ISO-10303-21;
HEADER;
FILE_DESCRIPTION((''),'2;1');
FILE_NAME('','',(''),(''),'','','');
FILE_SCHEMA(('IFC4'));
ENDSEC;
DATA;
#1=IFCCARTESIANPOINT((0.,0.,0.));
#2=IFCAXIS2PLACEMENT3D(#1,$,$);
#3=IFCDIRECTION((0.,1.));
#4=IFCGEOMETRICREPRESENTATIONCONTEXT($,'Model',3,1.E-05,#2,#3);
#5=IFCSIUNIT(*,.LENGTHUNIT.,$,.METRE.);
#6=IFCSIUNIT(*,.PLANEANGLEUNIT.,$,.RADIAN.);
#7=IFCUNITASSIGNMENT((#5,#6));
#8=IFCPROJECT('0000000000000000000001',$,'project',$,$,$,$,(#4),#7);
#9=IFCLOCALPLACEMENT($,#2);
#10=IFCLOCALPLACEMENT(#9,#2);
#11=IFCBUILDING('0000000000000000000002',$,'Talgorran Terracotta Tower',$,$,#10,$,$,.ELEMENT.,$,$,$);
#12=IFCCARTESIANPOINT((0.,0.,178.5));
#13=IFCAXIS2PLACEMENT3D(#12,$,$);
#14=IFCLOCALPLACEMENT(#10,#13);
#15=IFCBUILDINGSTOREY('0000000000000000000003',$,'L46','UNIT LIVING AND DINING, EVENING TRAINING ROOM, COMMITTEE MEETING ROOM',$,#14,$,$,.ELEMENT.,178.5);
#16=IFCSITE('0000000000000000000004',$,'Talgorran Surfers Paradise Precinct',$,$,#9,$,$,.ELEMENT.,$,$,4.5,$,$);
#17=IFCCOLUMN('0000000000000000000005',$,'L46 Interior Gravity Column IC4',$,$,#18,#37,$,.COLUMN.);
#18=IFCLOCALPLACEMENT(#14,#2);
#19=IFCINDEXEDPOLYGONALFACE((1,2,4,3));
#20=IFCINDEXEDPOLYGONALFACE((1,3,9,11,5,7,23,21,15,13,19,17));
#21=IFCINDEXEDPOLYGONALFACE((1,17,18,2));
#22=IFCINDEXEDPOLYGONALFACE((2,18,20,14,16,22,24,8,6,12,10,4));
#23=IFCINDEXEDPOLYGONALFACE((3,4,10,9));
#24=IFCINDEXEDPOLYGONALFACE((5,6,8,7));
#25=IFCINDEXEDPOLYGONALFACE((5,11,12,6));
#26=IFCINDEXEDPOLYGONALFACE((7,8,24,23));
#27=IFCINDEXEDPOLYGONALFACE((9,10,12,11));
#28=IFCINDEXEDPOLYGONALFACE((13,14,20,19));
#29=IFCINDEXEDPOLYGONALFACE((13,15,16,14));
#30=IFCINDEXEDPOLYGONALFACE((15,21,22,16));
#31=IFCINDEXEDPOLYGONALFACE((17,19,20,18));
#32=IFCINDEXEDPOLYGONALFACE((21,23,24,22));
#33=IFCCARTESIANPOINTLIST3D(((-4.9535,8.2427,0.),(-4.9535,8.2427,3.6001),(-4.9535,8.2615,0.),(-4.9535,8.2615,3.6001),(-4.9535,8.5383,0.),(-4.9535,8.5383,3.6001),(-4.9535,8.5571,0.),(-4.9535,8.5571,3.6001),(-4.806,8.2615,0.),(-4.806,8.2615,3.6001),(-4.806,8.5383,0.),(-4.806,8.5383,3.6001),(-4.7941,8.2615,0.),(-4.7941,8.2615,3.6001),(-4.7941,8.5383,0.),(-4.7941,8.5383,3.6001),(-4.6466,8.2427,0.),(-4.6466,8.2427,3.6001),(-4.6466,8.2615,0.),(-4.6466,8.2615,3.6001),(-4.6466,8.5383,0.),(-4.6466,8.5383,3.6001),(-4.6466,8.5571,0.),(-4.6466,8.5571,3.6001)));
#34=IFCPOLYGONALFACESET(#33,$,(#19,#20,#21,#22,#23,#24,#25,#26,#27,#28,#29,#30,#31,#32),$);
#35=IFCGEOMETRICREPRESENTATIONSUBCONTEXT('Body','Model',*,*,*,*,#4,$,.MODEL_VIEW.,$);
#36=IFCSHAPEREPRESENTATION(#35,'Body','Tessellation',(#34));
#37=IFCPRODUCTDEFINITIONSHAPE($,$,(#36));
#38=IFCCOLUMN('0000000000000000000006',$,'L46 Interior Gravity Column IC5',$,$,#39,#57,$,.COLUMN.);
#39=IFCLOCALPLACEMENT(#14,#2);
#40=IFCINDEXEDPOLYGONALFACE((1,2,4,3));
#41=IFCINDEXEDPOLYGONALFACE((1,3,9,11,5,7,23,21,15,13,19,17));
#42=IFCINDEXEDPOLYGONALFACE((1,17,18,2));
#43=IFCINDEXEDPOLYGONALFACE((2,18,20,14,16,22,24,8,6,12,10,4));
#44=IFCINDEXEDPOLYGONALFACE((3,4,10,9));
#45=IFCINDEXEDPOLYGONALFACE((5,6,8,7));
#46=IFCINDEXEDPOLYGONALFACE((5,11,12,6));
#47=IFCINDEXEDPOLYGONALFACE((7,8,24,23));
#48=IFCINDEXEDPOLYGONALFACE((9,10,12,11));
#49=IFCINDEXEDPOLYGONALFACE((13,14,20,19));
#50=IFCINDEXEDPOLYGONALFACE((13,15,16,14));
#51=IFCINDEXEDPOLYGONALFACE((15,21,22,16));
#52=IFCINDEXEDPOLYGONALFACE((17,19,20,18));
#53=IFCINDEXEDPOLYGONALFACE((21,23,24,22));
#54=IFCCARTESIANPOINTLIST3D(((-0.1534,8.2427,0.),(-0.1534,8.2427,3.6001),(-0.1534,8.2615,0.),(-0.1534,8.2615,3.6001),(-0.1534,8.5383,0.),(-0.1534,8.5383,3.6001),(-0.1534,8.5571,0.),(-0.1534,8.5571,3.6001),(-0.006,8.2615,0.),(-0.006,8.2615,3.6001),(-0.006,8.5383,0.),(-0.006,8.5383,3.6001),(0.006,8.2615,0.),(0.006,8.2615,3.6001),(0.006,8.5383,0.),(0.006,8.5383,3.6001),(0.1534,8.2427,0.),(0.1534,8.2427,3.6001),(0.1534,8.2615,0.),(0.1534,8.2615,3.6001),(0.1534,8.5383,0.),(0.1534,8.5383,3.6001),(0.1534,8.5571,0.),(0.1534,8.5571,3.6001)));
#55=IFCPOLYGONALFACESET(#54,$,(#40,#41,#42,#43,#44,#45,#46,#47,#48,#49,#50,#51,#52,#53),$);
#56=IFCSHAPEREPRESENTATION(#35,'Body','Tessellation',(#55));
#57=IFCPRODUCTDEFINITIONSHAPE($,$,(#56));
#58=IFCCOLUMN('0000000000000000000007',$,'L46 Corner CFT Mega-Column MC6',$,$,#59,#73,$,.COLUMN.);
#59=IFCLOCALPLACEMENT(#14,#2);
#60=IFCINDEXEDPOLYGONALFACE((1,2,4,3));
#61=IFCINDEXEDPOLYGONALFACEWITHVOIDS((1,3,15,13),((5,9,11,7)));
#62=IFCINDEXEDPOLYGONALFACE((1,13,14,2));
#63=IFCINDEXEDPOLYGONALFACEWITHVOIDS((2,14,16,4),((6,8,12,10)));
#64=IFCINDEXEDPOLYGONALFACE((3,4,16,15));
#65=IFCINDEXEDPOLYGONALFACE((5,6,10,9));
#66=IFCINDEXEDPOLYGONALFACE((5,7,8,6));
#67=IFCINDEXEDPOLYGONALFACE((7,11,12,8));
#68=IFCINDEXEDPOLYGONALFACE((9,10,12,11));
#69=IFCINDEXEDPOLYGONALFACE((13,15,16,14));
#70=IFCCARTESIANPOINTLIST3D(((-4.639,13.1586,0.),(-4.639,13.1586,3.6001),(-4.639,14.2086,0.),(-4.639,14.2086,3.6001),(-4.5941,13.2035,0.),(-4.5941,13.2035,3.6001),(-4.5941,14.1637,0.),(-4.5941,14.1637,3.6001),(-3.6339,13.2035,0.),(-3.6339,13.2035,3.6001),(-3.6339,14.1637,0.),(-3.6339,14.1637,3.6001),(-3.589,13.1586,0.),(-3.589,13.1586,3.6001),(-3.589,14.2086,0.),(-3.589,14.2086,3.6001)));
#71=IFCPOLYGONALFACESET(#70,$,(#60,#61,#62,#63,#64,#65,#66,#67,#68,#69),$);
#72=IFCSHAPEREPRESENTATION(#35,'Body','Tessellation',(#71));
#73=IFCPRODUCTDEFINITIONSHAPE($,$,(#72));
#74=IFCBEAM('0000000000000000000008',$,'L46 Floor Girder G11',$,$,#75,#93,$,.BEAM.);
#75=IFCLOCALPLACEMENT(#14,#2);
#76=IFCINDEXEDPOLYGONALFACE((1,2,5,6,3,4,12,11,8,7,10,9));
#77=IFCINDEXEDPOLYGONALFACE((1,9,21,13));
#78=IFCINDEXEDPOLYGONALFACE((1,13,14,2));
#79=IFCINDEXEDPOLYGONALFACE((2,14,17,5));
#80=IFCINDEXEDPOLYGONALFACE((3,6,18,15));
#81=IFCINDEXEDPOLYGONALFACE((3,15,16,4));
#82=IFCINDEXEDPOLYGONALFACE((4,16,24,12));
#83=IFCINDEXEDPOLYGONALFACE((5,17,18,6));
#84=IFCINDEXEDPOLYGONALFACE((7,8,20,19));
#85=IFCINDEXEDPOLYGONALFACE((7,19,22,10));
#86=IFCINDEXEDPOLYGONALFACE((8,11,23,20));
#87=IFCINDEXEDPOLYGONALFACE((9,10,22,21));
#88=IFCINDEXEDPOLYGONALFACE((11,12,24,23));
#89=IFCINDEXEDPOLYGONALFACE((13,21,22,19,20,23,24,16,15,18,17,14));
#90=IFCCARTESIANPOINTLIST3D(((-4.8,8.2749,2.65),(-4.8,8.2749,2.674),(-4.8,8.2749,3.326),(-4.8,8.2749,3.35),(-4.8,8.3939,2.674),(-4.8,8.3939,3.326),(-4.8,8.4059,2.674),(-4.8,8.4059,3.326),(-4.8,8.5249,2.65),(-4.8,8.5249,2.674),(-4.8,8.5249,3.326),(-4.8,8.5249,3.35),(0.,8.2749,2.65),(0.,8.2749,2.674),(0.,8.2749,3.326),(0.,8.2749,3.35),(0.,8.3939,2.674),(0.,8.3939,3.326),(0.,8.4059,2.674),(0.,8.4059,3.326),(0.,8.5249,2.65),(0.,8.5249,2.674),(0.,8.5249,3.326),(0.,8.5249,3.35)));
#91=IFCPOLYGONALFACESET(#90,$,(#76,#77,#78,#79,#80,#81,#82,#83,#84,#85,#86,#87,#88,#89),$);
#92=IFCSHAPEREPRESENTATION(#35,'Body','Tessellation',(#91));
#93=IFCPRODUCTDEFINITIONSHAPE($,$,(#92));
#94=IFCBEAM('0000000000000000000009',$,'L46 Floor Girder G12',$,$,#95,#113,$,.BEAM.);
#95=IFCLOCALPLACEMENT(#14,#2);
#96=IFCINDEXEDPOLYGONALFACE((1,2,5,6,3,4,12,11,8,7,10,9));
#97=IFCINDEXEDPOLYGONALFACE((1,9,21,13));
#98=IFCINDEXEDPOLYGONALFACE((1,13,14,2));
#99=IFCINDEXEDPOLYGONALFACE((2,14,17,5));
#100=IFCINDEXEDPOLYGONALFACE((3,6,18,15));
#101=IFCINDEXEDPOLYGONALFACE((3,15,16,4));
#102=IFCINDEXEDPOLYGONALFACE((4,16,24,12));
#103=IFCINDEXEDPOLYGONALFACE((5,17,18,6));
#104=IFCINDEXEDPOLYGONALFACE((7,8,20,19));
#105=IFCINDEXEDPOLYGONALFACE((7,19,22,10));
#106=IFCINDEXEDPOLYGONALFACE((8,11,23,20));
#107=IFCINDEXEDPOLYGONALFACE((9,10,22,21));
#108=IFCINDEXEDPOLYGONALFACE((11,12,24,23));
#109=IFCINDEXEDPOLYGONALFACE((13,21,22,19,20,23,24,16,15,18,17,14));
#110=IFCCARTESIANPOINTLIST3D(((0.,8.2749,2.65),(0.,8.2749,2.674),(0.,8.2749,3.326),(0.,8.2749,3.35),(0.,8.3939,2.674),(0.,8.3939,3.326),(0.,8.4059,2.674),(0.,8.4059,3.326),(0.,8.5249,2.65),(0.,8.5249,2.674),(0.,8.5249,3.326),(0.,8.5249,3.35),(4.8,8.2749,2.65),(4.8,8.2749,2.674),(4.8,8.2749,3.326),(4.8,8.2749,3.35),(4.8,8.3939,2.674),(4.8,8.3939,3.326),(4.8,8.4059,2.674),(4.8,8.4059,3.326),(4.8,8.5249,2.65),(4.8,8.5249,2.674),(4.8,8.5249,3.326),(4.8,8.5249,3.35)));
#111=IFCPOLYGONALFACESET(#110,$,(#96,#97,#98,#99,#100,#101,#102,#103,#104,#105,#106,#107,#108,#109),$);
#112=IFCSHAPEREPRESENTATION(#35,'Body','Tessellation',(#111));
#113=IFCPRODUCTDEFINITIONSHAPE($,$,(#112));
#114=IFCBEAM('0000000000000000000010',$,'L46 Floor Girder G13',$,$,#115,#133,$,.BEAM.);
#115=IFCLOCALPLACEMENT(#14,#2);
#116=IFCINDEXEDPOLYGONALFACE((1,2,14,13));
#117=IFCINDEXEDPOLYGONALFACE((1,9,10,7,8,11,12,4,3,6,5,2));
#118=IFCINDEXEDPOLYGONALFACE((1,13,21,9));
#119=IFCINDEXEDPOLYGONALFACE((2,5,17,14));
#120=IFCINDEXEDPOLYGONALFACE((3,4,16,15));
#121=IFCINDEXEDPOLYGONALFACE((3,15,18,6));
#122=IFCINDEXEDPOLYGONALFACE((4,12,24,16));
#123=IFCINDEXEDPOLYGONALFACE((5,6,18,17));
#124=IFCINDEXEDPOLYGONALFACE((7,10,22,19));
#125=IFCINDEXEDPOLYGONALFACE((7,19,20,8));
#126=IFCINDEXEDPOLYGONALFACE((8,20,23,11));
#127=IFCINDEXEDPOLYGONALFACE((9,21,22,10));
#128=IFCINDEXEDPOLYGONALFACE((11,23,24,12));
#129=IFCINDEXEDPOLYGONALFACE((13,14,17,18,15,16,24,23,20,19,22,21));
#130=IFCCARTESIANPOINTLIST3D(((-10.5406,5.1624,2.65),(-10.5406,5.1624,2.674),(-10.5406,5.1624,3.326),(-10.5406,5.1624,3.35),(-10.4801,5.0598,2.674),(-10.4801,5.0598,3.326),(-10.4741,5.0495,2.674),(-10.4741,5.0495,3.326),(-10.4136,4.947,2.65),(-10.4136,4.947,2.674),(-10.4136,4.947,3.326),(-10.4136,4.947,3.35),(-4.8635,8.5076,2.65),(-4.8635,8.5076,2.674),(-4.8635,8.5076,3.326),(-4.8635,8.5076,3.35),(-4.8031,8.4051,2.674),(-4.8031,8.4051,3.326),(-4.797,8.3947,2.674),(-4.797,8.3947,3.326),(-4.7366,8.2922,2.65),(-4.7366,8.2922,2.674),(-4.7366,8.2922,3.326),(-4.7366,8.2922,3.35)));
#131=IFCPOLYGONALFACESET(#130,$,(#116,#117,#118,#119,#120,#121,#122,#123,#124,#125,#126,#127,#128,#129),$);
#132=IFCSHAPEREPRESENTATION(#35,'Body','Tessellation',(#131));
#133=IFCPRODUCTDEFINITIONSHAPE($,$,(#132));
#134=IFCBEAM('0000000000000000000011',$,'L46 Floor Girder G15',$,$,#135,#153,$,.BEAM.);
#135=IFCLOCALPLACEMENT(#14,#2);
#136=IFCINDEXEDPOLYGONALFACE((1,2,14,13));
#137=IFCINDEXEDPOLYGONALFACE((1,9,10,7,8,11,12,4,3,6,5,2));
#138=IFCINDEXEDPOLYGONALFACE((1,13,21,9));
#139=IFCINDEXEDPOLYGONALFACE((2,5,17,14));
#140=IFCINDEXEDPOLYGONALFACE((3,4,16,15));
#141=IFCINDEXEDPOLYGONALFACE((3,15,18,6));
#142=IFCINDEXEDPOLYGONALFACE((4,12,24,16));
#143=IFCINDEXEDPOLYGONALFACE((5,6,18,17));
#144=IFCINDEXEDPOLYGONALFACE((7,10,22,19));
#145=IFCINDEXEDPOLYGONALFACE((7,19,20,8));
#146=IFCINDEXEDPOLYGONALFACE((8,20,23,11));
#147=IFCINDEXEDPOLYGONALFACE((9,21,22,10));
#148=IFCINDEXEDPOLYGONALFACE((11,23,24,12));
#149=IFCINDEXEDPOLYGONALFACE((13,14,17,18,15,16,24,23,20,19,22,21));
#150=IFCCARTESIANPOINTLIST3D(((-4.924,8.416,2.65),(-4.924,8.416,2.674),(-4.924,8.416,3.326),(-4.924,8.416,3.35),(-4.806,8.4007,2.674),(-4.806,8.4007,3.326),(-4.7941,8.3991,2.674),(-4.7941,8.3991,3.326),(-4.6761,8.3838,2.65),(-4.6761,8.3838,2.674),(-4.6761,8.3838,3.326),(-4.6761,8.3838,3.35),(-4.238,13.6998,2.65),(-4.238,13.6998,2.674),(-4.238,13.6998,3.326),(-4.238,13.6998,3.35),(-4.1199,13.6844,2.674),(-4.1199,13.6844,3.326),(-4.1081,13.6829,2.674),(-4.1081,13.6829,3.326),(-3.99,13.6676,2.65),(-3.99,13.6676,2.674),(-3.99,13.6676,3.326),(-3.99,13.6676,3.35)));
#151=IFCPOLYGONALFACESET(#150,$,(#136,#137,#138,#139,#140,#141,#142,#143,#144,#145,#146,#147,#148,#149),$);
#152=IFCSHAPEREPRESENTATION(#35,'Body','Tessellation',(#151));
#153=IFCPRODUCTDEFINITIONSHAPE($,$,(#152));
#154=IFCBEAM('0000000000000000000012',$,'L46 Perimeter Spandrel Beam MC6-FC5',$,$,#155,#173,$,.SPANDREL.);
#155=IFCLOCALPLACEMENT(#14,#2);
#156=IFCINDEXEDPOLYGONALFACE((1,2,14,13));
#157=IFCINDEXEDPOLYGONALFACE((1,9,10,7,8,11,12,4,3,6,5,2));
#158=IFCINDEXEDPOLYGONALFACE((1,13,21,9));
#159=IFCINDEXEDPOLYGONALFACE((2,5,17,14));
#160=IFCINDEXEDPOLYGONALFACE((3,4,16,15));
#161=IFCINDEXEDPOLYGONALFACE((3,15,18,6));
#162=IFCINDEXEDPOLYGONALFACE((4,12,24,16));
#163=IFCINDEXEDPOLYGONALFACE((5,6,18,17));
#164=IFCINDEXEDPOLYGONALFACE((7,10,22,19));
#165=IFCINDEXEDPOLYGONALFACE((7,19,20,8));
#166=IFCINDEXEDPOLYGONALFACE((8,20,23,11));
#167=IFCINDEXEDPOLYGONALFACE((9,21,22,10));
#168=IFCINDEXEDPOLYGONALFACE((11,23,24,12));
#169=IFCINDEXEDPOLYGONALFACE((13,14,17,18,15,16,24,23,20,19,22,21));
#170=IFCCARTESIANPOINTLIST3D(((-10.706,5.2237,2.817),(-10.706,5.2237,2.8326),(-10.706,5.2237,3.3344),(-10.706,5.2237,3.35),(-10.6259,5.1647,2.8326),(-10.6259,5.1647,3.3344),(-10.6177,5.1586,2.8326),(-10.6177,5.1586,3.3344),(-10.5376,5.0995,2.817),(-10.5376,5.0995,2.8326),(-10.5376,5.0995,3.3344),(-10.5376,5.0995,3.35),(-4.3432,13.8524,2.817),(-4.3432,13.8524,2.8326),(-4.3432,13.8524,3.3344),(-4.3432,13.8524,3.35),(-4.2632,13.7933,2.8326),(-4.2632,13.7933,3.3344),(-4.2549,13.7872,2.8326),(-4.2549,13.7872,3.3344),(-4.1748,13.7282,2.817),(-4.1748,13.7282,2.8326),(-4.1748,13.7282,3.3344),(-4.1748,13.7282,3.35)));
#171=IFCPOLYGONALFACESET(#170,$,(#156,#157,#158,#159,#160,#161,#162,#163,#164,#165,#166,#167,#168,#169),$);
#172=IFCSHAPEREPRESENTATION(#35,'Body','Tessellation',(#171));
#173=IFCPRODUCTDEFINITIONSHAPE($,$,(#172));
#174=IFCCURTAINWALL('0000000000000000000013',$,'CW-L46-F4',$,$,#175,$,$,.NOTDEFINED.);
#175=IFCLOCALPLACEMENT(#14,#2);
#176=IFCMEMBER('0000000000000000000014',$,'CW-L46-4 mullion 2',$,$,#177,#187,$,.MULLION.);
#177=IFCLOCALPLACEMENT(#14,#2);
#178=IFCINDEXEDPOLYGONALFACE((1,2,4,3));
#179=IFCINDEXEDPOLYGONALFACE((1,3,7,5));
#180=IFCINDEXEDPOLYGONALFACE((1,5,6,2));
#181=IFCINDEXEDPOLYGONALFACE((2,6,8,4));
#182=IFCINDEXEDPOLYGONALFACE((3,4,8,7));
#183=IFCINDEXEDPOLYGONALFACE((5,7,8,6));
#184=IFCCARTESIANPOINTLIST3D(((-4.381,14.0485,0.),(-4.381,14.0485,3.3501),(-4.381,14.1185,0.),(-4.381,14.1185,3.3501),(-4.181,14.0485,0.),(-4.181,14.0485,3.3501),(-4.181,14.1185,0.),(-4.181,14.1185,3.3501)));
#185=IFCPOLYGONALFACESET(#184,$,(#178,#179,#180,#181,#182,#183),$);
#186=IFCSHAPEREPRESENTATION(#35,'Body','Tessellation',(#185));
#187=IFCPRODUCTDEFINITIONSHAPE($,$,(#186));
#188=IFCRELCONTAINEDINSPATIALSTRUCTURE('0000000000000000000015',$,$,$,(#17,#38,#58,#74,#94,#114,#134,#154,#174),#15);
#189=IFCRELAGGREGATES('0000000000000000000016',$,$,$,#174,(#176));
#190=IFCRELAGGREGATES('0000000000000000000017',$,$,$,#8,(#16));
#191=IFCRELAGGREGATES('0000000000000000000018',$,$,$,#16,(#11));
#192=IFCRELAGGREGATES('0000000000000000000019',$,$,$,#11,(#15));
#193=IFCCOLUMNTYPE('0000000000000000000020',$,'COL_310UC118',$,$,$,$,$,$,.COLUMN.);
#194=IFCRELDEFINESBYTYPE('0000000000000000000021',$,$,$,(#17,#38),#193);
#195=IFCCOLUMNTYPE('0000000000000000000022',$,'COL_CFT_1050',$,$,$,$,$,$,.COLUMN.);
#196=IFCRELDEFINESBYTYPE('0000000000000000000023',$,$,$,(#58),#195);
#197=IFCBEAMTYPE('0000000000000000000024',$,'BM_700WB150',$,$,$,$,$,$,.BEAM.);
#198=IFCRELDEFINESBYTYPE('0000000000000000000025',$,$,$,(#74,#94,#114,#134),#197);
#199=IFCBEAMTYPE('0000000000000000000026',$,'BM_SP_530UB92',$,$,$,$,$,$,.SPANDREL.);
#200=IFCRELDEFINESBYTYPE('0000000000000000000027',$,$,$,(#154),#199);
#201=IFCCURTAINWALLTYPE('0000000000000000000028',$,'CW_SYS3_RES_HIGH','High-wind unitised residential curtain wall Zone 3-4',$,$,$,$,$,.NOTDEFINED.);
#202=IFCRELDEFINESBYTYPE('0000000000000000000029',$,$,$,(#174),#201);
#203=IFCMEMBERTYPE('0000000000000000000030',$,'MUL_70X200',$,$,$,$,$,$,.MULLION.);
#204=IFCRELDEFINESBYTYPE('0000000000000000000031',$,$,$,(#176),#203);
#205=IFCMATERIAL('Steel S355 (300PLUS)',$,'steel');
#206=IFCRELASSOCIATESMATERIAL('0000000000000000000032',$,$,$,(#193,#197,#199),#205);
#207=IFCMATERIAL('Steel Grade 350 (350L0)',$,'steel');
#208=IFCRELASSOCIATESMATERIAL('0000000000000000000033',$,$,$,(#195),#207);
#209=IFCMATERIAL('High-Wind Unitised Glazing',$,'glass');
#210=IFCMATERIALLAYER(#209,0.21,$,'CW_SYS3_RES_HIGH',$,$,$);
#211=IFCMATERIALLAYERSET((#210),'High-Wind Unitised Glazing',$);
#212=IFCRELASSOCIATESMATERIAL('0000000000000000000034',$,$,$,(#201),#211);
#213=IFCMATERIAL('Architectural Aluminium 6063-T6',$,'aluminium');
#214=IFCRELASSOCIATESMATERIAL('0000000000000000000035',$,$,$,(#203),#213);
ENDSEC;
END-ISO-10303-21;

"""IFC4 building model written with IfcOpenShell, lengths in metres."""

from ifc_helpers import new_model, si_unit, direction, frame, origin, origin_2d, place, context, subcontext, project, spatial, rectangle, hollow_rectangle, i_section, extrude, material, layer, layer_set, material_profile, profile_set, type_object, element, aggregate, save


model = new_model("IFC4")

# Units and contexts
model_context = context("Model", 3, precision=1e-05, world=origin(), true_north=direction((0.0, 1.0)))
body_context = subcontext(model_context, "Body", "Model", "MODEL_VIEW")
ifc_project = project(units=[si_unit("LENGTHUNIT", "METRE"), si_unit("PLANEANGLEUNIT", "RADIAN")], contexts=[model_context])

# Site, building, storey
site_placement = place(None, origin())
site = spatial("IfcSite", under=ifc_project, at=site_placement, Name="Talgorran Surfers Paradise Precinct", CompositionType="ELEMENT", RefElevation=4.5)
building_placement = place(site_placement, origin())
building = spatial("IfcBuilding", under=site, at=building_placement, Name="Talgorran Terracotta Tower", CompositionType="ELEMENT")
storey_placement = place(building_placement, frame((0.0, 0.0, 178.5)))
storey = spatial("IfcBuildingStorey", under=building, at=storey_placement, Name="L46", Description="UNIT LIVING AND DINING, EVENING TRAINING ROOM, COMMITTEE MEETING ROOM", CompositionType="ELEMENT", Elevation=178.5)

# Columns
ifc_material_1 = material(Name="Steel S355 (300PLUS)", Category="steel")
ifc_material_profile_1 = material_profile(ifc_material_1, i_section(OverallWidth=0.3069, OverallDepth=0.3145, WebThickness=0.012, FlangeThickness=0.0188, at=origin_2d()), Name="310UC118")
ifc_profile_set_1 = profile_set([ifc_material_profile_1], Name="Steel S355 (300PLUS)")
column_type_1 = type_object("IfcColumnType", Name="COL_310UC118", PredefinedType="COLUMN", material=ifc_profile_set_1)
for number, where, z_axis, x_axis, name in (
    (1, (-4.8, 8.3999, 0.0), (0.0, 0.0, 1.0), (1.0, 0.0, 0.0), "L46 Interior Gravity Column IC4"),
    (2, (0.0, 8.3999, 0.0), (0.0, 0.0, 1.0), (1.0, 0.0, 0.0), "L46 Interior Gravity Column IC5"),
):
    element("IfcColumn", number, at=place(storey_placement, frame(where, z_axis=z_axis, x_axis=x_axis)), inside=storey, type_object=column_type_1, Name=name, PredefinedType="COLUMN", context=body_context, shape_type="SweptSolid", body=[
        extrude(i_section(OverallWidth=0.3069, OverallDepth=0.3145, WebThickness=0.012, FlangeThickness=0.0188, at=origin_2d()), origin(), (0.0, 0.0, 1.0), 3.6001),
    ])
ifc_material_2 = material(Name="Steel Grade 350 (350L0)", Category="steel")
ifc_material_profile_2 = material_profile(ifc_material_2, hollow_rectangle(XDim=1.05, YDim=1.05, WallThickness=0.0449, at=origin_2d()), Name="CFT1050X1050X45")
ifc_profile_set_2 = profile_set([ifc_material_profile_2], Name="Steel Grade 350 (350L0)")
column_type_2 = type_object("IfcColumnType", Name="COL_CFT_1050", PredefinedType="COLUMN", material=ifc_profile_set_2)
column_placement = place(storey_placement, frame((-4.114, 13.6836, 0.0), z_axis=(0.0, 0.0, 1.0), x_axis=(1.0, 0.0, 0.0)))
element("IfcColumn", 3, at=column_placement, inside=storey, type_object=column_type_2, Name="L46 Corner CFT Mega-Column MC6", PredefinedType="COLUMN", context=body_context, shape_type="SweptSolid", body=[
    extrude(hollow_rectangle(XDim=1.05, YDim=1.05, WallThickness=0.0449, at=origin_2d()), origin(), (0.0, 0.0, 1.0), 3.6001),
])

# Beams
ifc_material_profile_3 = material_profile(ifc_material_1, i_section(OverallWidth=0.25, OverallDepth=0.7, WebThickness=0.012, FlangeThickness=0.0239, at=origin_2d()), Name="700WB150")
ifc_profile_set_3 = profile_set([ifc_material_profile_3], Name="Steel S355 (300PLUS)")
beam_type_1 = type_object("IfcBeamType", Name="BM_700WB150", PredefinedType="BEAM", material=ifc_profile_set_3)
for number, where, z_axis, x_axis, name in (
    (4, (-4.8, 8.3999, 3.0), (1.0, 0.0, 0.0), (0.0, 1.0, 0.0), "L46 Floor Girder G11"),
    (5, (0.0, 8.3999, 3.0), (1.0, 0.0, 0.0), (0.0, 1.0, 0.0), "L46 Floor Girder G12"),
):
    element("IfcBeam", number, at=place(storey_placement, frame(where, z_axis=z_axis, x_axis=x_axis)), inside=storey, type_object=beam_type_1, Name=name, PredefinedType="BEAM", context=body_context, shape_type="SweptSolid", body=[
        extrude(i_section(OverallWidth=0.25, OverallDepth=0.7, WebThickness=0.012, FlangeThickness=0.0239, at=origin_2d()), origin(), (0.0, 0.0, 1.0), 4.8),
    ])
beam_1_placement = place(storey_placement, frame((-4.8, 8.3999, 3.0), z_axis=(-0.861549, -0.507674, 0.0), x_axis=(0.507674, -0.861549, 0.0)))
element("IfcBeam", 6, at=beam_1_placement, inside=storey, type_object=beam_type_1, Name="L46 Floor Girder G13", PredefinedType="BEAM", context=body_context, shape_type="SweptSolid", body=[
    extrude(i_section(OverallWidth=0.25, OverallDepth=0.7, WebThickness=0.012, FlangeThickness=0.0239, at=origin_2d()), origin(), (0.0, 0.0, 1.0), 6.5894),
])
beam_2_placement = place(storey_placement, frame((-4.8, 8.3999, 3.0), z_axis=(0.128759, 0.991676, 0.0), x_axis=(-0.991676, 0.128759, 0.0)))
element("IfcBeam", 7, at=beam_2_placement, inside=storey, type_object=beam_type_1, Name="L46 Floor Girder G15", PredefinedType="BEAM", context=body_context, shape_type="SweptSolid", body=[
    extrude(i_section(OverallWidth=0.25, OverallDepth=0.7, WebThickness=0.012, FlangeThickness=0.0239, at=origin_2d()), origin(), (0.0, 0.0, 1.0), 5.3281),
])
ifc_material_profile_4 = material_profile(ifc_material_1, i_section(OverallWidth=0.2092, OverallDepth=0.533, WebThickness=0.0103, FlangeThickness=0.0156, at=origin_2d()), Name="530UB92.4")
ifc_profile_set_4 = profile_set([ifc_material_profile_4], Name="Steel S355 (300PLUS)")
beam_type_2 = type_object("IfcBeamType", Name="BM_SP_530UB92", PredefinedType="SPANDREL", material=ifc_profile_set_4)
beam_3_placement = place(storey_placement, frame((-4.259, 13.7903, 3.0835), z_axis=(-0.593491, -0.804841, 0.0), x_axis=(0.804841, -0.593491, 0.0)))
element("IfcBeam", 8, at=beam_3_placement, inside=storey, type_object=beam_type_2, Name="L46 Perimeter Spandrel Beam MC6-FC5", PredefinedType="SPANDREL", context=body_context, shape_type="SweptSolid", body=[
    extrude(i_section(OverallWidth=0.2092, OverallDepth=0.533, WebThickness=0.0103, FlangeThickness=0.0156, at=origin_2d()), origin(), (0.0, 0.0, 1.0), 10.7209),
])

# Curtain wall, member
ifc_material_3 = material(Name="High-Wind Unitised Glazing", Category="glass")
ifc_layer_1 = layer(ifc_material_3, 0.21, Name="CW_SYS3_RES_HIGH")
ifc_layer_set_1 = layer_set([ifc_layer_1], Name="High-Wind Unitised Glazing")
curtain_wall_type = type_object("IfcCurtainWallType", Name="CW_SYS3_RES_HIGH", Description="High-wind unitised residential curtain wall Zone 3-4", PredefinedType="NOTDEFINED", material=ifc_layer_set_1)
curtain_wall_1_placement = place(storey_placement, origin())
curtain_wall_1 = element("IfcCurtainWall", 9, at=curtain_wall_1_placement, inside=storey, type_object=curtain_wall_type, Name="CW-L46-F4", PredefinedType="NOTDEFINED")
ifc_material_4 = material(Name="Architectural Aluminium 6063-T6", Category="aluminium")
ifc_material_profile_5 = material_profile(ifc_material_4, rectangle(XDim=0.0701, YDim=0.2, at=origin_2d()), Name="CWM70X200")
ifc_profile_set_5 = profile_set([ifc_material_profile_5], Name="Architectural Aluminium 6063-T6")
member_type_1 = type_object("IfcMemberType", Name="MUL_70X200", PredefinedType="MULLION", material=ifc_profile_set_5)
member_1_placement = place(storey_placement, frame((-4.281, 14.0835, 0.0), z_axis=(0.0, 0.0, 1.0), x_axis=(0.0, -1.0, 0.0)))
member_1 = element("IfcMember", 10, at=member_1_placement, type_object=member_type_1, Name="CW-L46-4 mullion 2", PredefinedType="MULLION", context=body_context, shape_type="SweptSolid", body=[
    extrude(rectangle(XDim=0.0701, YDim=0.2, at=origin_2d()), origin(), (0.0, 0.0, 1.0), 3.3501),
])
aggregate(curtain_wall_1, [member_1])

save(model, "model.ifc")
